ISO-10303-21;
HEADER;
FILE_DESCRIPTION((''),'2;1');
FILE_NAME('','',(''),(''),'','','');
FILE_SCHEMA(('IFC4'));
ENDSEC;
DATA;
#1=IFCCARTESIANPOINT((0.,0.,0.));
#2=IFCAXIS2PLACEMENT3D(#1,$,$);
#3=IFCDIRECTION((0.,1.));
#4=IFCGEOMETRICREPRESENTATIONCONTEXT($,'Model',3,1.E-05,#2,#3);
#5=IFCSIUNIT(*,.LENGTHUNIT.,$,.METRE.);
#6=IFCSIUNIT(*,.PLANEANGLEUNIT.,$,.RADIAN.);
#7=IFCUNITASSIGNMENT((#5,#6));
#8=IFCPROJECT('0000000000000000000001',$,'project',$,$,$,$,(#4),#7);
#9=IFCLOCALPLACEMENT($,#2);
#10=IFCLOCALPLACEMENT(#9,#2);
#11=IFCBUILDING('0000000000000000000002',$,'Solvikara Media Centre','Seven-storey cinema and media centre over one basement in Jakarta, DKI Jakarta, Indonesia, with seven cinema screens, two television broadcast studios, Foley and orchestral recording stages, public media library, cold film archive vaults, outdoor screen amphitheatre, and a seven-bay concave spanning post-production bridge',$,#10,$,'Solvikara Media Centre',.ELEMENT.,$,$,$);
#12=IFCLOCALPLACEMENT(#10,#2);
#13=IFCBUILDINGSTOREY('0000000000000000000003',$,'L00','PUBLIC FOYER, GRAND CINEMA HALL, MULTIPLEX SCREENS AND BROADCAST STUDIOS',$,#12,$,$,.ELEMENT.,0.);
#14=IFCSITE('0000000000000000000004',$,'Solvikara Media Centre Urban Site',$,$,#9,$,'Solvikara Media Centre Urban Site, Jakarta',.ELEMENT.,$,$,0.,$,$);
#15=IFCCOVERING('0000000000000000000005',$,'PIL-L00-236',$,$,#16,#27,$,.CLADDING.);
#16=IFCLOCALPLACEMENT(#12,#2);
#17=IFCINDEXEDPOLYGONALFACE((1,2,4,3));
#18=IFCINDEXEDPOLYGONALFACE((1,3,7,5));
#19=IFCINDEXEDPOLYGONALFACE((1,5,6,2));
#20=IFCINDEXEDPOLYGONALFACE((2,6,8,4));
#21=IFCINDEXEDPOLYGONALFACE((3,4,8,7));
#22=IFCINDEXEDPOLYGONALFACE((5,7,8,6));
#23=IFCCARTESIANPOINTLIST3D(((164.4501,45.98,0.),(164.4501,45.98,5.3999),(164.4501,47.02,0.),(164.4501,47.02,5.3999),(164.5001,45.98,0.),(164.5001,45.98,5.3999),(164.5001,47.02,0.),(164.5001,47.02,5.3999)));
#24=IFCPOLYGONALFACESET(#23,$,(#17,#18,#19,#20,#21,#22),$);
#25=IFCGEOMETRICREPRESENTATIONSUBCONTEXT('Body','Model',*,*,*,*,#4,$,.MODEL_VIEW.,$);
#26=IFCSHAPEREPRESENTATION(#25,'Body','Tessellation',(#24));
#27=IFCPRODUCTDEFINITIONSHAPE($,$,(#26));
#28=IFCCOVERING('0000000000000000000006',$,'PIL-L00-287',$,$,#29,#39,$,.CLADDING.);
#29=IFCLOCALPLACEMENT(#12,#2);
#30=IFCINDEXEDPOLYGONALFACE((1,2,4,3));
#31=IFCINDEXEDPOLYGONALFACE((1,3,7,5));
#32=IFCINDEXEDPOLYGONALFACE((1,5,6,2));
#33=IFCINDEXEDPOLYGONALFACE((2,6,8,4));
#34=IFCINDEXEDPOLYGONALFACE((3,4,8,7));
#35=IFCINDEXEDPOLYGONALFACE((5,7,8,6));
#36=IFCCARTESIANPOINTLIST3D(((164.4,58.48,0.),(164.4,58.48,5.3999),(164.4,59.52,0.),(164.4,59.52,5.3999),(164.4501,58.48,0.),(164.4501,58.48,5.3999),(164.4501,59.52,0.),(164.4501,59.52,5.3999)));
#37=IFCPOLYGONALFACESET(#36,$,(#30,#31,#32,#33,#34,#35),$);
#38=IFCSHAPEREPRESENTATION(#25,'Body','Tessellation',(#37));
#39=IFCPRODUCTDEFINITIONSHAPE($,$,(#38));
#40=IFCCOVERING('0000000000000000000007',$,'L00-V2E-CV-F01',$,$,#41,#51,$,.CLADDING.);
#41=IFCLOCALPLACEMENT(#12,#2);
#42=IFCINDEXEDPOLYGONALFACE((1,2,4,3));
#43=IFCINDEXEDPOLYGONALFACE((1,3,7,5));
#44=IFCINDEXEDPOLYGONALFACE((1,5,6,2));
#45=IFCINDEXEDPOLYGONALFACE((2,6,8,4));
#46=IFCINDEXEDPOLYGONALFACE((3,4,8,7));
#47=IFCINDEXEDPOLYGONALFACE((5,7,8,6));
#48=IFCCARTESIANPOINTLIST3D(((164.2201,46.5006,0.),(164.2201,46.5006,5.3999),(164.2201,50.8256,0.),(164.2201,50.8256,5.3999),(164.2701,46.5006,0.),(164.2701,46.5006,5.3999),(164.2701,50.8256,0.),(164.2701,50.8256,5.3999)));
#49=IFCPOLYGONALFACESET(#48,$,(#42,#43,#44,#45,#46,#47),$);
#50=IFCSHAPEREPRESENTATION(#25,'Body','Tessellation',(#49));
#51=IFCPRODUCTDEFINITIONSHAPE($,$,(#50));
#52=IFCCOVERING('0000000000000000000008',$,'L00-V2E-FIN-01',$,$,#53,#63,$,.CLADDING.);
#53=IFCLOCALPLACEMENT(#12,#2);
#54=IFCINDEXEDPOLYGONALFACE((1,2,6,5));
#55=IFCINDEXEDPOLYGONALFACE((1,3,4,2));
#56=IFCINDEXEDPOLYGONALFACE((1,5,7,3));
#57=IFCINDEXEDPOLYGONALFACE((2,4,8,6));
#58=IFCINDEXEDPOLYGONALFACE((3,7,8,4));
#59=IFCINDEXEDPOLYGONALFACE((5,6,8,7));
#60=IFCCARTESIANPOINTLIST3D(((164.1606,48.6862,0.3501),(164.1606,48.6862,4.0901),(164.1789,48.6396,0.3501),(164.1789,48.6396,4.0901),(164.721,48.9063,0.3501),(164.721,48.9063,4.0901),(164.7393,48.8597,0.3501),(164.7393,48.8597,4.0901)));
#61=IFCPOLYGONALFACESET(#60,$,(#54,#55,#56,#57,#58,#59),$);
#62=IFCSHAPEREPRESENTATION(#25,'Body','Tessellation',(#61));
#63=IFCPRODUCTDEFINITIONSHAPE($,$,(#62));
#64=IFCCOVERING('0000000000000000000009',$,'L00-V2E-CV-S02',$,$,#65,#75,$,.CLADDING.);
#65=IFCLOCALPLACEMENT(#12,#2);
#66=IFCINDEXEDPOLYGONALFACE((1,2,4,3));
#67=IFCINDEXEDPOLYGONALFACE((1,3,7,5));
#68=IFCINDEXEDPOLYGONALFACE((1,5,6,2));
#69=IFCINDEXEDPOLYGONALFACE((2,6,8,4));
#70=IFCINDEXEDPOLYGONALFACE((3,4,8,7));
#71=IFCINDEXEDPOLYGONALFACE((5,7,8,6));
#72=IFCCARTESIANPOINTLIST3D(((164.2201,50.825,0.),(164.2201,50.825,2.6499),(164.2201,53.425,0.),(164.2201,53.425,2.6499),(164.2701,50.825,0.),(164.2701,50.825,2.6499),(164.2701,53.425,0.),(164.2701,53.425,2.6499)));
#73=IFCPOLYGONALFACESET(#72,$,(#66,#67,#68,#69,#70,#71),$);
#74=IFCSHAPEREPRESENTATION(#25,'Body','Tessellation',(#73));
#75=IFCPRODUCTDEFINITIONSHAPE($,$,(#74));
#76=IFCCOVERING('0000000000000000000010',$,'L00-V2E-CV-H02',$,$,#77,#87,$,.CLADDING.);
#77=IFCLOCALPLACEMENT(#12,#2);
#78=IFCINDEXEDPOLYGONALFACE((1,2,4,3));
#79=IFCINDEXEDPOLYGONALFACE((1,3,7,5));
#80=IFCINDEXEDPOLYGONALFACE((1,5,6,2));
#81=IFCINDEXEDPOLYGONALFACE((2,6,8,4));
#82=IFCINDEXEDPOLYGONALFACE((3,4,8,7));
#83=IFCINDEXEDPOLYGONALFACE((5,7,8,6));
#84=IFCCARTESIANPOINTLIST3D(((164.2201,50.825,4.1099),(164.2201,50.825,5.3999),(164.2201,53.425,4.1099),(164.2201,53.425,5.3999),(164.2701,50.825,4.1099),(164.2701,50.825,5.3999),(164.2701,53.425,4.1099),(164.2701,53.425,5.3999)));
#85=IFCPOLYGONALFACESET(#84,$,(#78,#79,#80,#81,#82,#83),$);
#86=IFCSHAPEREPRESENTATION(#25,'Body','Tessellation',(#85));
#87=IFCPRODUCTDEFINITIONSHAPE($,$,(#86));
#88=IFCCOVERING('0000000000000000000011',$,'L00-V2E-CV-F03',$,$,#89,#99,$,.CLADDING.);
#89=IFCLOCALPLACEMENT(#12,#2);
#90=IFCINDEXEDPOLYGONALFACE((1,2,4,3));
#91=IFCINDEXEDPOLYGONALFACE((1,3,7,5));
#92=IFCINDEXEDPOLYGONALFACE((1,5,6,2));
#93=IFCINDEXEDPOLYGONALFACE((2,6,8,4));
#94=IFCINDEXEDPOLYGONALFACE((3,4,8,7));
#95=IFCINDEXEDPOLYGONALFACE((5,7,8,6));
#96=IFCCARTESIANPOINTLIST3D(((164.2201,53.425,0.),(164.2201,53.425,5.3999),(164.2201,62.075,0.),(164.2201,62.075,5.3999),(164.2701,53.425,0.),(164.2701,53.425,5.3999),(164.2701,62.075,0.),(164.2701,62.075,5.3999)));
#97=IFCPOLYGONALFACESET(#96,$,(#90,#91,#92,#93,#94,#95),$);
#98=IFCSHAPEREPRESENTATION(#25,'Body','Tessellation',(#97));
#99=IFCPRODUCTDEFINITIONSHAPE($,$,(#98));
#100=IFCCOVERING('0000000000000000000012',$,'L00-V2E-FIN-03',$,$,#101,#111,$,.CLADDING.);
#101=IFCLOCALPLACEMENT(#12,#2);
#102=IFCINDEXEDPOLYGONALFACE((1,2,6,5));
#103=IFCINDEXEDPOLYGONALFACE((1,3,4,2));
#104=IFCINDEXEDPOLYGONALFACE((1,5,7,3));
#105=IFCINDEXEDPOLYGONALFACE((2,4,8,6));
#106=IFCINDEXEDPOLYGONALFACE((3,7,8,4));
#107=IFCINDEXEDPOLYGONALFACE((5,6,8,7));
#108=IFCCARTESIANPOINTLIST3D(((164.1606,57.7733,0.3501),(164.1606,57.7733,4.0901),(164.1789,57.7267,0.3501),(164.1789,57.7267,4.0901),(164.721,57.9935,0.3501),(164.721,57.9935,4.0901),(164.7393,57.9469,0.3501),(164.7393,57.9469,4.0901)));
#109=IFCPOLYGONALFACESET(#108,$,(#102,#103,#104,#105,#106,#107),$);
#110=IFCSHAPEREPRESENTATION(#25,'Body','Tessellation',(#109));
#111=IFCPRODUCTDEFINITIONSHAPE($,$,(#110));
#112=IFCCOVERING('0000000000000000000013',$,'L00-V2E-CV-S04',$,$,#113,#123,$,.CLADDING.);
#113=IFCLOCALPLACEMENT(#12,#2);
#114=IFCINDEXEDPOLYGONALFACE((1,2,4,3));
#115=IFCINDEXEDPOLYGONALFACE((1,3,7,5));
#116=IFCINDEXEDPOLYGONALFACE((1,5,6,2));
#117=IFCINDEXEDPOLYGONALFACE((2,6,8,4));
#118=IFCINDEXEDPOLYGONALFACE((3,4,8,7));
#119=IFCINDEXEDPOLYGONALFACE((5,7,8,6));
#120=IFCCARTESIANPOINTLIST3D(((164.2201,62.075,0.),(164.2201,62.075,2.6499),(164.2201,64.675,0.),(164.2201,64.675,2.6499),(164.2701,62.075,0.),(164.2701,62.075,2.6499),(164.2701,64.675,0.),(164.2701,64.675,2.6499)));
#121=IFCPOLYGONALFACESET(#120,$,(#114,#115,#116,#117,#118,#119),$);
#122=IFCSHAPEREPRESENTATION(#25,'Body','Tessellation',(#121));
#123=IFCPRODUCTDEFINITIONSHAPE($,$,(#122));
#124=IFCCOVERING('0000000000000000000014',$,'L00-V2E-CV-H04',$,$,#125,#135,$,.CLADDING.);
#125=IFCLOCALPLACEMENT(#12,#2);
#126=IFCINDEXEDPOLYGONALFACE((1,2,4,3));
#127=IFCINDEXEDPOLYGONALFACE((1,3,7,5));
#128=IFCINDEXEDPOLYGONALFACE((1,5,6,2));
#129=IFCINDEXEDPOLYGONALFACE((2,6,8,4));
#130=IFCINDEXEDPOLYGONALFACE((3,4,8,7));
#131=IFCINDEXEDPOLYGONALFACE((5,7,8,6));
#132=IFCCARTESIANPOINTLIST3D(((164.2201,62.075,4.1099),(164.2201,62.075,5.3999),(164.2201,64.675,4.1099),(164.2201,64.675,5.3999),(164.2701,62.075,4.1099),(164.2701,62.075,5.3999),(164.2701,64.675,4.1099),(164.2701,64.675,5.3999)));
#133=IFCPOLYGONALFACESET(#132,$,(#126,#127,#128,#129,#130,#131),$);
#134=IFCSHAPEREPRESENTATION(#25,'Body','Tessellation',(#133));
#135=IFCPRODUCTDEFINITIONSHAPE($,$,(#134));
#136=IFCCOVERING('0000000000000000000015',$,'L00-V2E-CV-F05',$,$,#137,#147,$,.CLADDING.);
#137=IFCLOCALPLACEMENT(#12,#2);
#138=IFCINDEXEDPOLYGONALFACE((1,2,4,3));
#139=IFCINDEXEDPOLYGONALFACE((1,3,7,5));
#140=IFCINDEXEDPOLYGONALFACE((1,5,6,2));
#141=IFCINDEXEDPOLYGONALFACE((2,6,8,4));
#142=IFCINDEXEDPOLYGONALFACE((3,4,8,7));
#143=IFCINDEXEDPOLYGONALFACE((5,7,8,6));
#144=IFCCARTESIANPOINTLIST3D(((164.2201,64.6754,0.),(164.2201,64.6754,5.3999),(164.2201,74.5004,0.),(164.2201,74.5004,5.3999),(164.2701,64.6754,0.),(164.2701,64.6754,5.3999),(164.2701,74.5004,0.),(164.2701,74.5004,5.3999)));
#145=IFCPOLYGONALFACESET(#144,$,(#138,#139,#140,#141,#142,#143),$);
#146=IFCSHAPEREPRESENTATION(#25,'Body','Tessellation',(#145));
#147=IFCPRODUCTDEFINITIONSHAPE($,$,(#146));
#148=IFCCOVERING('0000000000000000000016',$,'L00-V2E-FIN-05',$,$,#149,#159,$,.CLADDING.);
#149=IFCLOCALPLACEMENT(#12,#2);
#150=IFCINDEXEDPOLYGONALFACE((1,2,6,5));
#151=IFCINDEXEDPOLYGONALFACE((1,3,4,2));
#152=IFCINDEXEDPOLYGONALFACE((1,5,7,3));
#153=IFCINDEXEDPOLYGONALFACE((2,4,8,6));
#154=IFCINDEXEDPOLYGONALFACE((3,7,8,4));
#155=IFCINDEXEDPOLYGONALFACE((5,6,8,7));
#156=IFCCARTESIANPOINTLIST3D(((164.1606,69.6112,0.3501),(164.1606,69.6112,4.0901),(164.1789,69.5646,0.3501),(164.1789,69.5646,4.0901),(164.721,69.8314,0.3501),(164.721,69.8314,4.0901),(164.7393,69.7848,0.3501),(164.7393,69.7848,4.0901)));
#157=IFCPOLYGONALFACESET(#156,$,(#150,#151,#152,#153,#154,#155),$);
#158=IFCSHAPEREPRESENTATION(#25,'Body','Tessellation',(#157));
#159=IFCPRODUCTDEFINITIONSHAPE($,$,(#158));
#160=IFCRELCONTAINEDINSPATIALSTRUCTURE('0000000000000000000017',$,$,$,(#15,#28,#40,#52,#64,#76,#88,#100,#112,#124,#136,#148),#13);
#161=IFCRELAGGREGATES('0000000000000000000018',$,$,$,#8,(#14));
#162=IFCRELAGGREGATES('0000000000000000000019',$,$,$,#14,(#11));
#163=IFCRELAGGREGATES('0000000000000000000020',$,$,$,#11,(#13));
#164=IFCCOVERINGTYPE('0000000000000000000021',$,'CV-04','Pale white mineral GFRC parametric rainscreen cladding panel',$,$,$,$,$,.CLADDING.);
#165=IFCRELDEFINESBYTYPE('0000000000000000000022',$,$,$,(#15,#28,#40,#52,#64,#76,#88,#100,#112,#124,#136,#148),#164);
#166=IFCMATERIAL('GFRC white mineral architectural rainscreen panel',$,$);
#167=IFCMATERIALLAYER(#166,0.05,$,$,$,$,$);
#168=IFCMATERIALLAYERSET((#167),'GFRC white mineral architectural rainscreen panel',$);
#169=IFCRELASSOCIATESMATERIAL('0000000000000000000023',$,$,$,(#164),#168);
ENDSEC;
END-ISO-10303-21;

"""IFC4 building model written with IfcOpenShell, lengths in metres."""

from ifc_helpers import new_model, si_unit, direction, frame, origin, origin_2d, place, context, subcontext, project, spatial, rectangle, extrude, material, layer, layer_set, type_object, element, save


model = new_model("IFC4")

# Units and contexts
model_context = context("Model", 3, precision=1e-05, world=origin(), true_north=direction((0.0, 1.0)))
body_context = subcontext(model_context, "Body", "Model", "MODEL_VIEW")
ifc_project = project(units=[si_unit("LENGTHUNIT", "METRE"), si_unit("PLANEANGLEUNIT", "RADIAN")], contexts=[model_context])

# Site, building, storey
site_placement = place(None, origin())
site = spatial("IfcSite", under=ifc_project, at=site_placement, Name="Solvikara Media Centre Urban Site", LongName="Solvikara Media Centre Urban Site, Jakarta", CompositionType="ELEMENT", RefElevation=0.0)
building_placement = place(site_placement, origin())
building = spatial("IfcBuilding", under=site, at=building_placement, Name="Solvikara Media Centre", Description="Seven-storey cinema and media centre over one basement in Jakarta, DKI Jakarta, Indonesia, with seven cinema screens, two television broadcast studios, Foley and orchestral recording stages, public media library, cold film archive vaults, outdoor screen amphitheatre, and a seven-bay concave spanning post-production bridge", LongName="Solvikara Media Centre", CompositionType="ELEMENT")
storey_placement = place(building_placement, origin())
storey = spatial("IfcBuildingStorey", under=building, at=storey_placement, Name="L00", Description="PUBLIC FOYER, GRAND CINEMA HALL, MULTIPLEX SCREENS AND BROADCAST STUDIOS", CompositionType="ELEMENT", Elevation=0.0)

# Coverings
ifc_material_1 = material(Name="GFRC white mineral architectural rainscreen panel")
ifc_layer_1 = layer(ifc_material_1, 0.05)
ifc_layer_set_1 = layer_set([ifc_layer_1], Name="GFRC white mineral architectural rainscreen panel")
covering_type = type_object("IfcCoveringType", Name="CV-04", Description="Pale white mineral GFRC parametric rainscreen cladding panel", PredefinedType="CLADDING", material=ifc_layer_set_1)
for number, where, z_axis, x_axis, name in (
    (1, (164.4751, 46.5, 0.0), (0.0, 0.0, 1.0), (0.0, 1.0, 0.0), "PIL-L00-236"),
    (2, (164.425, 59.0, 0.0), (0.0, 0.0, 1.0), (0.0, 1.0, 0.0), "PIL-L00-287"),
):
    element("IfcCovering", number, at=place(storey_placement, frame(where, z_axis=z_axis, x_axis=x_axis)), inside=storey, type_object=covering_type, Name=name, PredefinedType="CLADDING", context=body_context, shape_type="SweptSolid", body=[
        extrude(rectangle(XDim=1.04, YDim=0.05, at=origin_2d()), origin(), (0.0, 0.0, 1.0), 5.3999),
    ])
covering_1_placement = place(storey_placement, frame((164.2451, 48.6631, 0.0), z_axis=(0.0, 0.0, 1.0), x_axis=(0.0, 1.0, 0.0)))
element("IfcCovering", 3, at=covering_1_placement, inside=storey, type_object=covering_type, Name="L00-V2E-CV-F01", PredefinedType="CLADDING", context=body_context, shape_type="SweptSolid", body=[
    extrude(rectangle(XDim=4.325, YDim=0.05, at=origin_2d()), origin(), (0.0, 0.0, 1.0), 5.3999),
])
covering_2_placement = place(storey_placement, frame((164.45, 48.7729, 0.3501), z_axis=(0.0, 0.0, 1.0), x_axis=(0.93075, 0.365657, 0.0)))
element("IfcCovering", 4, at=covering_2_placement, inside=storey, type_object=covering_type, Name="L00-V2E-FIN-01", PredefinedType="CLADDING", context=body_context, shape_type="SweptSolid", body=[
    extrude(rectangle(XDim=0.6021, YDim=0.05, at=origin_2d()), origin(), (0.0, 0.0, 1.0), 3.74),
])
covering_3_placement = place(storey_placement, frame((164.2451, 52.125, 0.0), z_axis=(0.0, 0.0, 1.0), x_axis=(0.0, 1.0, 0.0)))
element("IfcCovering", 5, at=covering_3_placement, inside=storey, type_object=covering_type, Name="L00-V2E-CV-S02", PredefinedType="CLADDING", context=body_context, shape_type="SweptSolid", body=[
    extrude(rectangle(XDim=2.6001, YDim=0.05, at=origin_2d()), origin(), (0.0, 0.0, 1.0), 2.6499),
])
covering_4_placement = place(storey_placement, frame((164.2451, 52.125, 4.1099), z_axis=(0.0, 0.0, 1.0), x_axis=(0.0, 1.0, 0.0)))
element("IfcCovering", 6, at=covering_4_placement, inside=storey, type_object=covering_type, Name="L00-V2E-CV-H02", PredefinedType="CLADDING", context=body_context, shape_type="SweptSolid", body=[
    extrude(rectangle(XDim=2.6001, YDim=0.05, at=origin_2d()), origin(), (0.0, 0.0, 1.0), 1.29),
])
covering_5_placement = place(storey_placement, frame((164.2451, 57.75, 0.0), z_axis=(0.0, 0.0, 1.0), x_axis=(0.0, 1.0, 0.0)))
element("IfcCovering", 7, at=covering_5_placement, inside=storey, type_object=covering_type, Name="L00-V2E-CV-F03", PredefinedType="CLADDING", context=body_context, shape_type="SweptSolid", body=[
    extrude(rectangle(XDim=8.6499, YDim=0.05, at=origin_2d()), origin(), (0.0, 0.0, 1.0), 5.3999),
])
covering_6_placement = place(storey_placement, frame((164.45, 57.8601, 0.3501), z_axis=(0.0, 0.0, 1.0), x_axis=(0.93075, 0.365657, 0.0)))
element("IfcCovering", 8, at=covering_6_placement, inside=storey, type_object=covering_type, Name="L00-V2E-FIN-03", PredefinedType="CLADDING", context=body_context, shape_type="SweptSolid", body=[
    extrude(rectangle(XDim=0.6021, YDim=0.05, at=origin_2d()), origin(), (0.0, 0.0, 1.0), 3.74),
])
covering_7_placement = place(storey_placement, frame((164.2451, 63.375, 0.0), z_axis=(0.0, 0.0, 1.0), x_axis=(0.0, 1.0, 0.0)))
element("IfcCovering", 9, at=covering_7_placement, inside=storey, type_object=covering_type, Name="L00-V2E-CV-S04", PredefinedType="CLADDING", context=body_context, shape_type="SweptSolid", body=[
    extrude(rectangle(XDim=2.6001, YDim=0.05, at=origin_2d()), origin(), (0.0, 0.0, 1.0), 2.6499),
])
covering_8_placement = place(storey_placement, frame((164.2451, 63.375, 4.1099), z_axis=(0.0, 0.0, 1.0), x_axis=(0.0, 1.0, 0.0)))
element("IfcCovering", 10, at=covering_8_placement, inside=storey, type_object=covering_type, Name="L00-V2E-CV-H04", PredefinedType="CLADDING", context=body_context, shape_type="SweptSolid", body=[
    extrude(rectangle(XDim=2.6001, YDim=0.05, at=origin_2d()), origin(), (0.0, 0.0, 1.0), 1.29),
])
covering_9_placement = place(storey_placement, frame((164.2451, 69.5879, 0.0), z_axis=(0.0, 0.0, 1.0), x_axis=(0.0, 1.0, 0.0)))
element("IfcCovering", 11, at=covering_9_placement, inside=storey, type_object=covering_type, Name="L00-V2E-CV-F05", PredefinedType="CLADDING", context=body_context, shape_type="SweptSolid", body=[
    extrude(rectangle(XDim=9.825, YDim=0.05, at=origin_2d()), origin(), (0.0, 0.0, 1.0), 5.3999),
])
covering_10_placement = place(storey_placement, frame((164.45, 69.698, 0.3501), z_axis=(0.0, 0.0, 1.0), x_axis=(0.93075, 0.365657, 0.0)))
element("IfcCovering", 12, at=covering_10_placement, inside=storey, type_object=covering_type, Name="L00-V2E-FIN-05", PredefinedType="CLADDING", context=body_context, shape_type="SweptSolid", body=[
    extrude(rectangle(XDim=0.6021, YDim=0.05, at=origin_2d()), origin(), (0.0, 0.0, 1.0), 3.74),
])

save(model, "model.ifc")
